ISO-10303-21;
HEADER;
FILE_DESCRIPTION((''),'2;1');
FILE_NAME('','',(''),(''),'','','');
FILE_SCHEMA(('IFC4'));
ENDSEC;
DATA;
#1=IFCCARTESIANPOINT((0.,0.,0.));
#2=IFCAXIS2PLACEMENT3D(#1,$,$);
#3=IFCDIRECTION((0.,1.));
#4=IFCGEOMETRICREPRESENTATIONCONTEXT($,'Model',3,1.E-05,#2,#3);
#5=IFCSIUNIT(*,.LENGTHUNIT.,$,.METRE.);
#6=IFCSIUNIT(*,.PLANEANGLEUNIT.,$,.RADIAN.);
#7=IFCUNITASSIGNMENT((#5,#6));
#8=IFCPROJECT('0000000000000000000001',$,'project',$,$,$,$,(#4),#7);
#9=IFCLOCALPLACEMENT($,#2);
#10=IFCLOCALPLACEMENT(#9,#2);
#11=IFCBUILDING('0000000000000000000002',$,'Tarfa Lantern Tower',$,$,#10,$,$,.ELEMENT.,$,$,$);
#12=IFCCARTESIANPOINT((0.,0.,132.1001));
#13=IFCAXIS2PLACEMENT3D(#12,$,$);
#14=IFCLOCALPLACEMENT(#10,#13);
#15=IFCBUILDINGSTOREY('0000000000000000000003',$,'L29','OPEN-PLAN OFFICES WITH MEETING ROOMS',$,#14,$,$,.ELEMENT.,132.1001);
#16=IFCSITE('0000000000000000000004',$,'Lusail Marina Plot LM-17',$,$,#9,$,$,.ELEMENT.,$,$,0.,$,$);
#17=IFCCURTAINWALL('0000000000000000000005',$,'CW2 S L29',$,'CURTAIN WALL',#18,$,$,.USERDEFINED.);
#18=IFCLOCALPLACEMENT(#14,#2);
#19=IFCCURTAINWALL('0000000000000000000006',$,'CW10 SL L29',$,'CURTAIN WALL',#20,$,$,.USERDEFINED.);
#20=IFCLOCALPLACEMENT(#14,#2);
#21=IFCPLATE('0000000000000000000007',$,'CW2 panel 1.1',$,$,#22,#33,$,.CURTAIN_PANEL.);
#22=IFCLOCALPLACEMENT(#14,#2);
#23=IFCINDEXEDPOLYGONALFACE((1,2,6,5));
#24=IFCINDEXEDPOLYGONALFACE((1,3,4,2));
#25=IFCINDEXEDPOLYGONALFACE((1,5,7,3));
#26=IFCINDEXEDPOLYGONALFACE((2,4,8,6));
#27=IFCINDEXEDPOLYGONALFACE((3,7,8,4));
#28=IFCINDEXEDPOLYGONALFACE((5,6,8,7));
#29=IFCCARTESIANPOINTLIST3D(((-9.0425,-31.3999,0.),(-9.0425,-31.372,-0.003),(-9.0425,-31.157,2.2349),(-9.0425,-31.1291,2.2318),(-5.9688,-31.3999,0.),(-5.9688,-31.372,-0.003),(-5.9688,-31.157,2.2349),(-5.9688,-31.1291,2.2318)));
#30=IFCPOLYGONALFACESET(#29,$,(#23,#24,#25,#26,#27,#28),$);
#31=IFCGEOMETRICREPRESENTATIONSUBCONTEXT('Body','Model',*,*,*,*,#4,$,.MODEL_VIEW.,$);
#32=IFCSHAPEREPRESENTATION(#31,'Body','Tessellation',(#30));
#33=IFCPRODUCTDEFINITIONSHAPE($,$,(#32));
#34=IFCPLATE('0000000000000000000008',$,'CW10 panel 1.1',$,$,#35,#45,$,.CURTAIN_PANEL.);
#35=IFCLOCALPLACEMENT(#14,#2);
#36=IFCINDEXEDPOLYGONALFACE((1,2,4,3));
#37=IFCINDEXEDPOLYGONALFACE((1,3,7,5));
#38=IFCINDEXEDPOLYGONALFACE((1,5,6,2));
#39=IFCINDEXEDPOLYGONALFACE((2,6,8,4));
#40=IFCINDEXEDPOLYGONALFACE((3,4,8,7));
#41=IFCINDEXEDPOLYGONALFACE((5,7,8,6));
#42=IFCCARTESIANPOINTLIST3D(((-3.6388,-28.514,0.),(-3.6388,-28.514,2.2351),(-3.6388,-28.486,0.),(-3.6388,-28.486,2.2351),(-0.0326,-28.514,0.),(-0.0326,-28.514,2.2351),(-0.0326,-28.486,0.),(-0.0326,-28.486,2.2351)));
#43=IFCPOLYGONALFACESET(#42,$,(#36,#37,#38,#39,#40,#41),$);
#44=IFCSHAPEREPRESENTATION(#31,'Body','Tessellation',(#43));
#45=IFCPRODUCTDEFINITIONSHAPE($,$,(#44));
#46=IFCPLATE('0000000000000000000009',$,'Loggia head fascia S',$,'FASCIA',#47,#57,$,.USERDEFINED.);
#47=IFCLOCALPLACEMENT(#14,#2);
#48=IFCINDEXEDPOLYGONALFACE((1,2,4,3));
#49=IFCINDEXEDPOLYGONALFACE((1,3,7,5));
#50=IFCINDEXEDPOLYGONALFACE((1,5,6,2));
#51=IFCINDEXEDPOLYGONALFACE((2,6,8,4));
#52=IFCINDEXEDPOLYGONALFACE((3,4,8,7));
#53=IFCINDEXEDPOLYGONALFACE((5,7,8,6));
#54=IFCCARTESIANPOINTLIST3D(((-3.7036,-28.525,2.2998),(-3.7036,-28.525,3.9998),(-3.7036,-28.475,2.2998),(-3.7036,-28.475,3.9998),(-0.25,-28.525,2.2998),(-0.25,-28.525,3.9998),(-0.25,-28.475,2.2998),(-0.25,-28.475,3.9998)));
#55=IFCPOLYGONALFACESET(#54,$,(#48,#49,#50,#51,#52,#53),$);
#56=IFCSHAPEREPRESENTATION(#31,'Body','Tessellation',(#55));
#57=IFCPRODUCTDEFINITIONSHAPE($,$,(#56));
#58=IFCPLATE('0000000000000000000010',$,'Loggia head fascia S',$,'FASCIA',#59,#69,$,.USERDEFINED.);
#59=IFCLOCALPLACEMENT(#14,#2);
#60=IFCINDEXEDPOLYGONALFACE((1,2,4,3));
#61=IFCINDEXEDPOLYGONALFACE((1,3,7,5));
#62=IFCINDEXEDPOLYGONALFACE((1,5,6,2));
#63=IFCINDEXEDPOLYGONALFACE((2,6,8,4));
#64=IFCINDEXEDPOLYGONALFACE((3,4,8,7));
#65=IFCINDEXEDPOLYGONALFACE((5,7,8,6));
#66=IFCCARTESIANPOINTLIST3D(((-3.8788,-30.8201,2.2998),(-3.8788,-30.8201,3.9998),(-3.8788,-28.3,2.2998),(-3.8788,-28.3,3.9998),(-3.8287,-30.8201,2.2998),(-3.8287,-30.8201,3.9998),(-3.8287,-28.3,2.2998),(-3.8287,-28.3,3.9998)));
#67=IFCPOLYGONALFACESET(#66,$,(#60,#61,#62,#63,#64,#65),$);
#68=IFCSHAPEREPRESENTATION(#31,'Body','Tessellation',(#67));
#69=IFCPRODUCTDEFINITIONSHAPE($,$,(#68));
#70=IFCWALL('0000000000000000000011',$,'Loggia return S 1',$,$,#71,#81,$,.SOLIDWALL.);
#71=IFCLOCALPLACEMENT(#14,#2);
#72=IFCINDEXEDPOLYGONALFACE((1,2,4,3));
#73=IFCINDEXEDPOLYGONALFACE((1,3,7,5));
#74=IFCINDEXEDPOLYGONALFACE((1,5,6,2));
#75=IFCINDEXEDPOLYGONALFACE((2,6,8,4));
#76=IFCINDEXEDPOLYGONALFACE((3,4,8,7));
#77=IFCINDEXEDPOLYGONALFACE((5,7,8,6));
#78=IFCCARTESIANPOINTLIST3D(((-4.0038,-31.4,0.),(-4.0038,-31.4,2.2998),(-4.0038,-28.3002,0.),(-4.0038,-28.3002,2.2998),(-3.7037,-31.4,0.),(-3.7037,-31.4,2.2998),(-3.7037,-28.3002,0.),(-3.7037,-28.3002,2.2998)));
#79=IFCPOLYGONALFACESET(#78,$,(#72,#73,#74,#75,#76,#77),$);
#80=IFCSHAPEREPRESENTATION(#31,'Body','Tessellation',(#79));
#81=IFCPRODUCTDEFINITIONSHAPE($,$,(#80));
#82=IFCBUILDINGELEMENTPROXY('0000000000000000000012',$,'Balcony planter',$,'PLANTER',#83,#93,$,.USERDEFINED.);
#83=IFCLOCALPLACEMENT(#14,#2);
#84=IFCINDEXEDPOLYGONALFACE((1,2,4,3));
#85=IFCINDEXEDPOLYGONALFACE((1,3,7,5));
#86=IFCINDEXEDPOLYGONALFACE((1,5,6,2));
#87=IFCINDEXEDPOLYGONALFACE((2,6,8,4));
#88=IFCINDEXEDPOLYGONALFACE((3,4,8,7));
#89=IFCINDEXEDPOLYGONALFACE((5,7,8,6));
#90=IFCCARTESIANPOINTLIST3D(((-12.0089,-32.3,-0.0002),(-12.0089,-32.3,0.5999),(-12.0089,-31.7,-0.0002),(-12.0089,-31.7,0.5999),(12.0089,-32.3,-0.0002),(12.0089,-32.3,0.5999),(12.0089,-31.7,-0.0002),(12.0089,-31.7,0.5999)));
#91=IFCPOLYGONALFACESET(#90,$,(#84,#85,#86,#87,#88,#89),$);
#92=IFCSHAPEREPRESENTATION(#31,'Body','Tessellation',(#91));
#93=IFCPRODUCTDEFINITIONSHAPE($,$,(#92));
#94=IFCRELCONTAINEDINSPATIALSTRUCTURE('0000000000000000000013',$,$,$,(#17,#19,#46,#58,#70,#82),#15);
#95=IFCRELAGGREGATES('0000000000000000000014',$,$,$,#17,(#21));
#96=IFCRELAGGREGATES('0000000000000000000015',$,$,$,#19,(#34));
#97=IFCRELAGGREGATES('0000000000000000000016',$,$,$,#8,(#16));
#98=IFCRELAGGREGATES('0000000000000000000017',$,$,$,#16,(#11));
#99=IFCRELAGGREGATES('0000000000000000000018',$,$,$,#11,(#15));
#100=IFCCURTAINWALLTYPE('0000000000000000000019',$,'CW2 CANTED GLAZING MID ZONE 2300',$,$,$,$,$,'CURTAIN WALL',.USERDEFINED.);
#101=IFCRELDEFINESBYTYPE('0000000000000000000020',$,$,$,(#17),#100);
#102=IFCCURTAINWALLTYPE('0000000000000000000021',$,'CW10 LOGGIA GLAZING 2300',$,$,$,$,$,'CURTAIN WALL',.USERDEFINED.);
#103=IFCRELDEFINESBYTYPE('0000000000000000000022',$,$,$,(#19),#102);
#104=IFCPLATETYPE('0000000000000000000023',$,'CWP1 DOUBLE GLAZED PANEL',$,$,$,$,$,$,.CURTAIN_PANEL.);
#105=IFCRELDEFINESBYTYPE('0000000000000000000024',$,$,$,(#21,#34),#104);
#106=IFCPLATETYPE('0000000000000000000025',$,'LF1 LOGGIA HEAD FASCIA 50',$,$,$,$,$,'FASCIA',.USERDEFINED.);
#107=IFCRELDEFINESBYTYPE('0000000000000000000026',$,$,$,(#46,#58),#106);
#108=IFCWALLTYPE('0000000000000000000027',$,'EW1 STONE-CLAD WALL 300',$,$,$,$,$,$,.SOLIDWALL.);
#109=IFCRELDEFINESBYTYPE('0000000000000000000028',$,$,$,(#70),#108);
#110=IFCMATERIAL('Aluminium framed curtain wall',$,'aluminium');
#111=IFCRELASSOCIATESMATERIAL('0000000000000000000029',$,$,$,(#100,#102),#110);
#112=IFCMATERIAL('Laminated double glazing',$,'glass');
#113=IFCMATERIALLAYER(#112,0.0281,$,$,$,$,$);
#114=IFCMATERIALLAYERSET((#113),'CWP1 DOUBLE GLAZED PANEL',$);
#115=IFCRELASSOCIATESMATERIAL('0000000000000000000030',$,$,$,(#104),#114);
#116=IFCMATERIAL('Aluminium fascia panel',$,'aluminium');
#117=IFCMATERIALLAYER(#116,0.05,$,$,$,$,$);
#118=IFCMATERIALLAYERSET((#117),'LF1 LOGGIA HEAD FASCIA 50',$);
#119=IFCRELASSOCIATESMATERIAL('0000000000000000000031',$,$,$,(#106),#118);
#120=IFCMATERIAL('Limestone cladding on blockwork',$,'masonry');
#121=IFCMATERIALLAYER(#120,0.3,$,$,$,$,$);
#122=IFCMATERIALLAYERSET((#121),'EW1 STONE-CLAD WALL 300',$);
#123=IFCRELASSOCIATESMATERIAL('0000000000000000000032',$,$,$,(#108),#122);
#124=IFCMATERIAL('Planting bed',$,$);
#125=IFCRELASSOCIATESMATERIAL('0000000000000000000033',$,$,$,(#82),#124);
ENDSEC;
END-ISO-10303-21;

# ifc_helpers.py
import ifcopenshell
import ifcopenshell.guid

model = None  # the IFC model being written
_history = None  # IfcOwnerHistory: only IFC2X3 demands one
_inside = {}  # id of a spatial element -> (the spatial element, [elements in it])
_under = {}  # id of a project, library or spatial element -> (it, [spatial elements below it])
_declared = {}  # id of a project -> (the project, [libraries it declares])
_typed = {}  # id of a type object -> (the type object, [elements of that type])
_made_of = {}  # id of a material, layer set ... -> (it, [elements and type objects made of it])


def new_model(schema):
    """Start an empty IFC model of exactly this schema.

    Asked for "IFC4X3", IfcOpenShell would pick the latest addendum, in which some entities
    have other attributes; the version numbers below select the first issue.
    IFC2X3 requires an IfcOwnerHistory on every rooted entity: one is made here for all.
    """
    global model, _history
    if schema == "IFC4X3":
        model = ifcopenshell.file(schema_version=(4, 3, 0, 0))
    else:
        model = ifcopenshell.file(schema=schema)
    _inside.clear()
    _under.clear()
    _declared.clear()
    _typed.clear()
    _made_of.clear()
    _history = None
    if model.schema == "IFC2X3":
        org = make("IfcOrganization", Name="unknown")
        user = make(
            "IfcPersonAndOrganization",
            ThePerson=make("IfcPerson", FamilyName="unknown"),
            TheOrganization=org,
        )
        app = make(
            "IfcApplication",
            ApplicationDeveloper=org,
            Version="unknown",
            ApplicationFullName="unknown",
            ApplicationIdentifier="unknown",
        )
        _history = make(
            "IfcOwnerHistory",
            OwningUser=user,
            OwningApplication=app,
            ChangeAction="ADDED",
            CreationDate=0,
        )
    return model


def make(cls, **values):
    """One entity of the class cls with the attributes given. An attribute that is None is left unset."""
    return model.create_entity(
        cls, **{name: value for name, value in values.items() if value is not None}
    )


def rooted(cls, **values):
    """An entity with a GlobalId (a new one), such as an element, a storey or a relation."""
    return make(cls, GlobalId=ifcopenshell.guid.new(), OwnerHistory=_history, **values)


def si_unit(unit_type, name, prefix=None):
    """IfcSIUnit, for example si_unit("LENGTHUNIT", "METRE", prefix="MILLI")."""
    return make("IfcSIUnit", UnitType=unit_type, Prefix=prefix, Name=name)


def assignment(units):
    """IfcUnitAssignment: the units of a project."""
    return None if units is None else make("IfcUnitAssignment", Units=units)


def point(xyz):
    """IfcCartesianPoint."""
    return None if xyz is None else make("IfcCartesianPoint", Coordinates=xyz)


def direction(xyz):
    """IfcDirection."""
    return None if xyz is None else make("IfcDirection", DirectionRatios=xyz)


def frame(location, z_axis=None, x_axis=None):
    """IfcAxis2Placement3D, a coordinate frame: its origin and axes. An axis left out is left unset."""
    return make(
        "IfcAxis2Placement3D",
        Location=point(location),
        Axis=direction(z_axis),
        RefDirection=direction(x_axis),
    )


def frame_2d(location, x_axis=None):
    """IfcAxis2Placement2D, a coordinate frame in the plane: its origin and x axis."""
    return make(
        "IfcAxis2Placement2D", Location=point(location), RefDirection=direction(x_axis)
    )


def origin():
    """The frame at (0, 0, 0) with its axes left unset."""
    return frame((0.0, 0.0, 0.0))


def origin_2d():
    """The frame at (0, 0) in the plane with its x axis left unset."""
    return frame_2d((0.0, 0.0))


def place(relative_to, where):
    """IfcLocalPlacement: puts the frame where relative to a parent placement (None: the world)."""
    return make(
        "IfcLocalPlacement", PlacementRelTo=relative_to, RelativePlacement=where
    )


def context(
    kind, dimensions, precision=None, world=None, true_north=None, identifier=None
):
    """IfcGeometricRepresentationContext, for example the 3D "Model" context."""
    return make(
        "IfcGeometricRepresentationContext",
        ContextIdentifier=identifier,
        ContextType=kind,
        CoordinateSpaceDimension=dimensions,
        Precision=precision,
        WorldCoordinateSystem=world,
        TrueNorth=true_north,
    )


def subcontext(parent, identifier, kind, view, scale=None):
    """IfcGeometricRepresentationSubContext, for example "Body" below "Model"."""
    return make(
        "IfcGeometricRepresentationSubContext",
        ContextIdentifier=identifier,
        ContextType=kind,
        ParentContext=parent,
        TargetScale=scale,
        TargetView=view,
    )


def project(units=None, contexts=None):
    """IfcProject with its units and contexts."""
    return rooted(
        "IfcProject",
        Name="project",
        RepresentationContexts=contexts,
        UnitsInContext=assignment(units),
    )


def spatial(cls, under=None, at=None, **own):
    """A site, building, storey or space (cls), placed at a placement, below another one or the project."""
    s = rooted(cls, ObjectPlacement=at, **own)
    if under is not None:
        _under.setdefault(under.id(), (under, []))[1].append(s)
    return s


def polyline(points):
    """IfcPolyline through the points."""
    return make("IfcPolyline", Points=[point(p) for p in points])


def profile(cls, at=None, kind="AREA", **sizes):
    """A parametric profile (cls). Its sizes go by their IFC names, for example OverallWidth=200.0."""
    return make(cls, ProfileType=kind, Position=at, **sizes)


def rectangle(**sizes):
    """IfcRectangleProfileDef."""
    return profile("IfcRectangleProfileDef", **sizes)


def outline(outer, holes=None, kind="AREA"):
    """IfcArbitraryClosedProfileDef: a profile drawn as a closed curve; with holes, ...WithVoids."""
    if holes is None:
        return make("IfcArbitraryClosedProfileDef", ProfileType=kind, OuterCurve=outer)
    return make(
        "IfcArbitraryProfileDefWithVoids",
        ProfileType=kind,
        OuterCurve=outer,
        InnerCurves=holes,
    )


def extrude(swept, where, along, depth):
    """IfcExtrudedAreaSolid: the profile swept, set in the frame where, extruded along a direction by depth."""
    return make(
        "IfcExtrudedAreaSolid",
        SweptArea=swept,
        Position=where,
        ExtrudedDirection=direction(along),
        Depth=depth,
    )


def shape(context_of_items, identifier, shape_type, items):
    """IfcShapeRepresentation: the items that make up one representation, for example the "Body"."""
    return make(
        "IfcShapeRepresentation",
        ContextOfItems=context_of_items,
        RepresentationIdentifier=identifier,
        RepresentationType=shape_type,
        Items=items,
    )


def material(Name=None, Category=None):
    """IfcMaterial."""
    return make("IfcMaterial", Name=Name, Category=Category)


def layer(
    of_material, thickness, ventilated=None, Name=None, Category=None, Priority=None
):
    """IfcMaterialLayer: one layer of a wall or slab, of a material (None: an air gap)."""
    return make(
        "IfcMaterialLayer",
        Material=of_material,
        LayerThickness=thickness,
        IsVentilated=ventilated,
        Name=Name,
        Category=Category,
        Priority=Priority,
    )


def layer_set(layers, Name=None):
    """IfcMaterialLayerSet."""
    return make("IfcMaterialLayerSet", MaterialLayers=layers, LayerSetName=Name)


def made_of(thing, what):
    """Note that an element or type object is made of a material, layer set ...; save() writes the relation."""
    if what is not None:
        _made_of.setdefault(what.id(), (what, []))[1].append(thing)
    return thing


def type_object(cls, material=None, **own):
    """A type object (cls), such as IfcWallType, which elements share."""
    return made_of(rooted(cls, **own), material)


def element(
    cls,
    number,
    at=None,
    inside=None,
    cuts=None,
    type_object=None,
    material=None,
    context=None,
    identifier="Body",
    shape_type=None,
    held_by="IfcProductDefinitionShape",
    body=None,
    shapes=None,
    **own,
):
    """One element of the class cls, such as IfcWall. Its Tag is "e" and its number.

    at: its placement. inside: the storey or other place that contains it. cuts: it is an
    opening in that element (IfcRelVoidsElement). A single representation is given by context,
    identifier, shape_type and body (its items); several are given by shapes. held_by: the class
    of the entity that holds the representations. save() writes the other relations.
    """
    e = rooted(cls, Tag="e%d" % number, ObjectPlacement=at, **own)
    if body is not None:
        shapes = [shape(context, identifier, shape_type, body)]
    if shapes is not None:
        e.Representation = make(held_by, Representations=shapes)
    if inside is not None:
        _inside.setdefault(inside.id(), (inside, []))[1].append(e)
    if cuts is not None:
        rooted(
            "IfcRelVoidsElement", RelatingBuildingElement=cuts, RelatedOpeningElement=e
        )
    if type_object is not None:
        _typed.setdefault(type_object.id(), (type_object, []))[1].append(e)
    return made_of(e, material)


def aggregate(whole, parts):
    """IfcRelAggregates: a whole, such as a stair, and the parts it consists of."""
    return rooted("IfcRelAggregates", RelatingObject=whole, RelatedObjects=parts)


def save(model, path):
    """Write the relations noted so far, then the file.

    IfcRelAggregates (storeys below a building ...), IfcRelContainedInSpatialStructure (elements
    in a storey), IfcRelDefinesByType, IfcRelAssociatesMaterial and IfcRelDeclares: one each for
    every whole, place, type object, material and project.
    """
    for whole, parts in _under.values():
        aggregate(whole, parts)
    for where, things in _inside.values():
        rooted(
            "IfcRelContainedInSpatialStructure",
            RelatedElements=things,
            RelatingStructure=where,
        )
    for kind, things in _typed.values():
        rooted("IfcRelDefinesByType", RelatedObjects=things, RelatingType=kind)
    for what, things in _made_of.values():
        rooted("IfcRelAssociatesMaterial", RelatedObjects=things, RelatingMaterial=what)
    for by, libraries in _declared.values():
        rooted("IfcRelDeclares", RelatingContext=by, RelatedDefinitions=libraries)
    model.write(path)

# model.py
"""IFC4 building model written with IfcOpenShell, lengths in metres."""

from ifc_helpers import new_model, si_unit, direction, frame, frame_2d, origin, origin_2d, place, context, subcontext, project, spatial, polyline, rectangle, outline, extrude, material, layer, layer_set, type_object, element, aggregate, save


model = new_model("IFC4")

# Units and contexts
model_context = context("Model", 3, precision=1e-05, world=origin(), true_north=direction((0.0, 1.0)))
body_context = subcontext(model_context, "Body", "Model", "MODEL_VIEW")
ifc_project = project(units=[si_unit("LENGTHUNIT", "METRE"), si_unit("PLANEANGLEUNIT", "RADIAN")], contexts=[model_context])

# Site, building, storey
site_placement = place(None, origin())
site = spatial("IfcSite", under=ifc_project, at=site_placement, Name="Lusail Marina Plot LM-17", CompositionType="ELEMENT", RefElevation=0.0)
building_placement = place(site_placement, origin())
building = spatial("IfcBuilding", under=site, at=building_placement, Name="Tarfa Lantern Tower", CompositionType="ELEMENT")
storey_placement = place(building_placement, frame((0.0, 0.0, 132.1001)))
storey = spatial("IfcBuildingStorey", under=building, at=storey_placement, Name="L29", Description="OPEN-PLAN OFFICES WITH MEETING ROOMS", CompositionType="ELEMENT", Elevation=132.1001)

# Shared definitions
ifc_material_1 = material(Name="Aluminium framed curtain wall", Category="aluminium")
curtain_wall_type_1 = type_object("IfcCurtainWallType", Name="CW2 CANTED GLAZING MID ZONE 2300", ElementType="CURTAIN WALL", PredefinedType="USERDEFINED", material=ifc_material_1)

# Curtain walls
curtain_wall_1_placement = place(storey_placement, origin())
curtain_wall_1 = element("IfcCurtainWall", 1, at=curtain_wall_1_placement, inside=storey, type_object=curtain_wall_type_1, Name="CW2 S L29", ObjectType="CURTAIN WALL", PredefinedType="USERDEFINED")
curtain_wall_type_2 = type_object("IfcCurtainWallType", Name="CW10 LOGGIA GLAZING 2300", ElementType="CURTAIN WALL", PredefinedType="USERDEFINED", material=ifc_material_1)
curtain_wall_2_placement = place(storey_placement, origin())
curtain_wall_2 = element("IfcCurtainWall", 2, at=curtain_wall_2_placement, inside=storey, type_object=curtain_wall_type_2, Name="CW10 SL L29", ObjectType="CURTAIN WALL", PredefinedType="USERDEFINED")

# Plates
ifc_material_2 = material(Name="Laminated double glazing", Category="glass")
ifc_layer_1 = layer(ifc_material_2, 0.0281)
ifc_layer_set_1 = layer_set([ifc_layer_1], Name="CWP1 DOUBLE GLAZED PANEL")
plate_type_1 = type_object("IfcPlateType", Name="CWP1 DOUBLE GLAZED PANEL", PredefinedType="CURTAIN_PANEL", material=ifc_layer_set_1)
plate_1_placement = place(storey_placement, frame((-9.0425, -31.3999, 0.0), z_axis=(0.0, -0.994144, 0.108059), x_axis=(1.0, 0.0, 0.0)))
plate_1 = element("IfcPlate", 3, at=plate_1_placement, type_object=plate_type_1, Name="CW2 panel 1.1", PredefinedType="CURTAIN_PANEL", context=body_context, shape_type="SweptSolid", body=[
    extrude(outline(polyline([(0.0, 0.0), (3.0737, 0.0), (3.0737, 2.248), (0.0, 2.248), (0.0, 0.0)])), origin(), (0.0, 0.0, -1.0), 0.0281),
])
aggregate(curtain_wall_1, [plate_1])
plate_2_placement = place(storey_placement, frame((-1.8357, -28.5, 0.0), z_axis=(0.0, 0.0, 1.0), x_axis=(1.0, 0.0, 0.0)))
plate_2 = element("IfcPlate", 4, at=plate_2_placement, type_object=plate_type_1, Name="CW10 panel 1.1", PredefinedType="CURTAIN_PANEL", context=body_context, shape_type="SweptSolid", body=[
    extrude(rectangle(XDim=3.6062, YDim=0.0281, at=origin_2d()), origin(), (0.0, 0.0, 1.0), 2.2351),
])
aggregate(curtain_wall_2, [plate_2])

# Plates
ifc_material_3 = material(Name="Aluminium fascia panel", Category="aluminium")
ifc_layer_2 = layer(ifc_material_3, 0.05)
ifc_layer_set_2 = layer_set([ifc_layer_2], Name="LF1 LOGGIA HEAD FASCIA 50")
plate_type_2 = type_object("IfcPlateType", Name="LF1 LOGGIA HEAD FASCIA 50", ElementType="FASCIA", PredefinedType="USERDEFINED", material=ifc_layer_set_2)
plate_3_placement = place(storey_placement, frame((-1.9768, -28.5, 2.2998), z_axis=(0.0, 0.0, 1.0), x_axis=(1.0, 0.0, 0.0)))
element("IfcPlate", 5, at=plate_3_placement, inside=storey, type_object=plate_type_2, Name="Loggia head fascia S", ObjectType="FASCIA", PredefinedType="USERDEFINED", context=body_context, shape_type="SweptSolid", body=[
    extrude(rectangle(XDim=3.4536, YDim=0.05, at=origin_2d()), origin(), (0.0, 0.0, 1.0), 1.7),
])
plate_4_placement = place(storey_placement, frame((-3.8538, -29.5601, 2.2998), z_axis=(0.0, 0.0, 1.0), x_axis=(0.0, 1.0, 0.0)))
element("IfcPlate", 6, at=plate_4_placement, inside=storey, type_object=plate_type_2, Name="Loggia head fascia S", ObjectType="FASCIA", PredefinedType="USERDEFINED", context=body_context, shape_type="SweptSolid", body=[
    extrude(rectangle(XDim=2.52, YDim=0.05, at=origin_2d()), origin(), (0.0, 0.0, 1.0), 1.7),
])

# Wall
ifc_material_4 = material(Name="Limestone cladding on blockwork", Category="masonry")
ifc_layer_3 = layer(ifc_material_4, 0.3)
ifc_layer_set_3 = layer_set([ifc_layer_3], Name="EW1 STONE-CLAD WALL 300")
wall_type = type_object("IfcWallType", Name="EW1 STONE-CLAD WALL 300", PredefinedType="SOLIDWALL", material=ifc_layer_set_3)
wall_placement = place(storey_placement, frame((-3.8538, -31.3999, 0.0), z_axis=(0.0, 0.0, 1.0), x_axis=(0.0, 1.0, 0.0)))
element("IfcWall", 7, at=wall_placement, inside=storey, type_object=wall_type, Name="Loggia return S 1", PredefinedType="SOLIDWALL", context=body_context, shape_type="SweptSolid", body=[
    extrude(rectangle(XDim=3.0999, YDim=0.3, at=frame_2d((1.5498, 0.0))), origin(), (0.0, 0.0, 1.0), 2.2998),
])

# Building element proxy
ifc_material_5 = material(Name="Planting bed")
proxy_placement = place(storey_placement, frame((0.0, -32.0, -0.0002), z_axis=(0.0, 0.0, 1.0), x_axis=(1.0, 0.0, 0.0)))
element("IfcBuildingElementProxy", 8, at=proxy_placement, inside=storey, material=ifc_material_5, Name="Balcony planter", ObjectType="PLANTER", PredefinedType="USERDEFINED", context=body_context, shape_type="SweptSolid", body=[
    extrude(rectangle(XDim=24.0178, YDim=0.6001, at=origin_2d()), origin(), (0.0, 0.0, 1.0), 0.6001),
])

save(model, "model.ifc")
